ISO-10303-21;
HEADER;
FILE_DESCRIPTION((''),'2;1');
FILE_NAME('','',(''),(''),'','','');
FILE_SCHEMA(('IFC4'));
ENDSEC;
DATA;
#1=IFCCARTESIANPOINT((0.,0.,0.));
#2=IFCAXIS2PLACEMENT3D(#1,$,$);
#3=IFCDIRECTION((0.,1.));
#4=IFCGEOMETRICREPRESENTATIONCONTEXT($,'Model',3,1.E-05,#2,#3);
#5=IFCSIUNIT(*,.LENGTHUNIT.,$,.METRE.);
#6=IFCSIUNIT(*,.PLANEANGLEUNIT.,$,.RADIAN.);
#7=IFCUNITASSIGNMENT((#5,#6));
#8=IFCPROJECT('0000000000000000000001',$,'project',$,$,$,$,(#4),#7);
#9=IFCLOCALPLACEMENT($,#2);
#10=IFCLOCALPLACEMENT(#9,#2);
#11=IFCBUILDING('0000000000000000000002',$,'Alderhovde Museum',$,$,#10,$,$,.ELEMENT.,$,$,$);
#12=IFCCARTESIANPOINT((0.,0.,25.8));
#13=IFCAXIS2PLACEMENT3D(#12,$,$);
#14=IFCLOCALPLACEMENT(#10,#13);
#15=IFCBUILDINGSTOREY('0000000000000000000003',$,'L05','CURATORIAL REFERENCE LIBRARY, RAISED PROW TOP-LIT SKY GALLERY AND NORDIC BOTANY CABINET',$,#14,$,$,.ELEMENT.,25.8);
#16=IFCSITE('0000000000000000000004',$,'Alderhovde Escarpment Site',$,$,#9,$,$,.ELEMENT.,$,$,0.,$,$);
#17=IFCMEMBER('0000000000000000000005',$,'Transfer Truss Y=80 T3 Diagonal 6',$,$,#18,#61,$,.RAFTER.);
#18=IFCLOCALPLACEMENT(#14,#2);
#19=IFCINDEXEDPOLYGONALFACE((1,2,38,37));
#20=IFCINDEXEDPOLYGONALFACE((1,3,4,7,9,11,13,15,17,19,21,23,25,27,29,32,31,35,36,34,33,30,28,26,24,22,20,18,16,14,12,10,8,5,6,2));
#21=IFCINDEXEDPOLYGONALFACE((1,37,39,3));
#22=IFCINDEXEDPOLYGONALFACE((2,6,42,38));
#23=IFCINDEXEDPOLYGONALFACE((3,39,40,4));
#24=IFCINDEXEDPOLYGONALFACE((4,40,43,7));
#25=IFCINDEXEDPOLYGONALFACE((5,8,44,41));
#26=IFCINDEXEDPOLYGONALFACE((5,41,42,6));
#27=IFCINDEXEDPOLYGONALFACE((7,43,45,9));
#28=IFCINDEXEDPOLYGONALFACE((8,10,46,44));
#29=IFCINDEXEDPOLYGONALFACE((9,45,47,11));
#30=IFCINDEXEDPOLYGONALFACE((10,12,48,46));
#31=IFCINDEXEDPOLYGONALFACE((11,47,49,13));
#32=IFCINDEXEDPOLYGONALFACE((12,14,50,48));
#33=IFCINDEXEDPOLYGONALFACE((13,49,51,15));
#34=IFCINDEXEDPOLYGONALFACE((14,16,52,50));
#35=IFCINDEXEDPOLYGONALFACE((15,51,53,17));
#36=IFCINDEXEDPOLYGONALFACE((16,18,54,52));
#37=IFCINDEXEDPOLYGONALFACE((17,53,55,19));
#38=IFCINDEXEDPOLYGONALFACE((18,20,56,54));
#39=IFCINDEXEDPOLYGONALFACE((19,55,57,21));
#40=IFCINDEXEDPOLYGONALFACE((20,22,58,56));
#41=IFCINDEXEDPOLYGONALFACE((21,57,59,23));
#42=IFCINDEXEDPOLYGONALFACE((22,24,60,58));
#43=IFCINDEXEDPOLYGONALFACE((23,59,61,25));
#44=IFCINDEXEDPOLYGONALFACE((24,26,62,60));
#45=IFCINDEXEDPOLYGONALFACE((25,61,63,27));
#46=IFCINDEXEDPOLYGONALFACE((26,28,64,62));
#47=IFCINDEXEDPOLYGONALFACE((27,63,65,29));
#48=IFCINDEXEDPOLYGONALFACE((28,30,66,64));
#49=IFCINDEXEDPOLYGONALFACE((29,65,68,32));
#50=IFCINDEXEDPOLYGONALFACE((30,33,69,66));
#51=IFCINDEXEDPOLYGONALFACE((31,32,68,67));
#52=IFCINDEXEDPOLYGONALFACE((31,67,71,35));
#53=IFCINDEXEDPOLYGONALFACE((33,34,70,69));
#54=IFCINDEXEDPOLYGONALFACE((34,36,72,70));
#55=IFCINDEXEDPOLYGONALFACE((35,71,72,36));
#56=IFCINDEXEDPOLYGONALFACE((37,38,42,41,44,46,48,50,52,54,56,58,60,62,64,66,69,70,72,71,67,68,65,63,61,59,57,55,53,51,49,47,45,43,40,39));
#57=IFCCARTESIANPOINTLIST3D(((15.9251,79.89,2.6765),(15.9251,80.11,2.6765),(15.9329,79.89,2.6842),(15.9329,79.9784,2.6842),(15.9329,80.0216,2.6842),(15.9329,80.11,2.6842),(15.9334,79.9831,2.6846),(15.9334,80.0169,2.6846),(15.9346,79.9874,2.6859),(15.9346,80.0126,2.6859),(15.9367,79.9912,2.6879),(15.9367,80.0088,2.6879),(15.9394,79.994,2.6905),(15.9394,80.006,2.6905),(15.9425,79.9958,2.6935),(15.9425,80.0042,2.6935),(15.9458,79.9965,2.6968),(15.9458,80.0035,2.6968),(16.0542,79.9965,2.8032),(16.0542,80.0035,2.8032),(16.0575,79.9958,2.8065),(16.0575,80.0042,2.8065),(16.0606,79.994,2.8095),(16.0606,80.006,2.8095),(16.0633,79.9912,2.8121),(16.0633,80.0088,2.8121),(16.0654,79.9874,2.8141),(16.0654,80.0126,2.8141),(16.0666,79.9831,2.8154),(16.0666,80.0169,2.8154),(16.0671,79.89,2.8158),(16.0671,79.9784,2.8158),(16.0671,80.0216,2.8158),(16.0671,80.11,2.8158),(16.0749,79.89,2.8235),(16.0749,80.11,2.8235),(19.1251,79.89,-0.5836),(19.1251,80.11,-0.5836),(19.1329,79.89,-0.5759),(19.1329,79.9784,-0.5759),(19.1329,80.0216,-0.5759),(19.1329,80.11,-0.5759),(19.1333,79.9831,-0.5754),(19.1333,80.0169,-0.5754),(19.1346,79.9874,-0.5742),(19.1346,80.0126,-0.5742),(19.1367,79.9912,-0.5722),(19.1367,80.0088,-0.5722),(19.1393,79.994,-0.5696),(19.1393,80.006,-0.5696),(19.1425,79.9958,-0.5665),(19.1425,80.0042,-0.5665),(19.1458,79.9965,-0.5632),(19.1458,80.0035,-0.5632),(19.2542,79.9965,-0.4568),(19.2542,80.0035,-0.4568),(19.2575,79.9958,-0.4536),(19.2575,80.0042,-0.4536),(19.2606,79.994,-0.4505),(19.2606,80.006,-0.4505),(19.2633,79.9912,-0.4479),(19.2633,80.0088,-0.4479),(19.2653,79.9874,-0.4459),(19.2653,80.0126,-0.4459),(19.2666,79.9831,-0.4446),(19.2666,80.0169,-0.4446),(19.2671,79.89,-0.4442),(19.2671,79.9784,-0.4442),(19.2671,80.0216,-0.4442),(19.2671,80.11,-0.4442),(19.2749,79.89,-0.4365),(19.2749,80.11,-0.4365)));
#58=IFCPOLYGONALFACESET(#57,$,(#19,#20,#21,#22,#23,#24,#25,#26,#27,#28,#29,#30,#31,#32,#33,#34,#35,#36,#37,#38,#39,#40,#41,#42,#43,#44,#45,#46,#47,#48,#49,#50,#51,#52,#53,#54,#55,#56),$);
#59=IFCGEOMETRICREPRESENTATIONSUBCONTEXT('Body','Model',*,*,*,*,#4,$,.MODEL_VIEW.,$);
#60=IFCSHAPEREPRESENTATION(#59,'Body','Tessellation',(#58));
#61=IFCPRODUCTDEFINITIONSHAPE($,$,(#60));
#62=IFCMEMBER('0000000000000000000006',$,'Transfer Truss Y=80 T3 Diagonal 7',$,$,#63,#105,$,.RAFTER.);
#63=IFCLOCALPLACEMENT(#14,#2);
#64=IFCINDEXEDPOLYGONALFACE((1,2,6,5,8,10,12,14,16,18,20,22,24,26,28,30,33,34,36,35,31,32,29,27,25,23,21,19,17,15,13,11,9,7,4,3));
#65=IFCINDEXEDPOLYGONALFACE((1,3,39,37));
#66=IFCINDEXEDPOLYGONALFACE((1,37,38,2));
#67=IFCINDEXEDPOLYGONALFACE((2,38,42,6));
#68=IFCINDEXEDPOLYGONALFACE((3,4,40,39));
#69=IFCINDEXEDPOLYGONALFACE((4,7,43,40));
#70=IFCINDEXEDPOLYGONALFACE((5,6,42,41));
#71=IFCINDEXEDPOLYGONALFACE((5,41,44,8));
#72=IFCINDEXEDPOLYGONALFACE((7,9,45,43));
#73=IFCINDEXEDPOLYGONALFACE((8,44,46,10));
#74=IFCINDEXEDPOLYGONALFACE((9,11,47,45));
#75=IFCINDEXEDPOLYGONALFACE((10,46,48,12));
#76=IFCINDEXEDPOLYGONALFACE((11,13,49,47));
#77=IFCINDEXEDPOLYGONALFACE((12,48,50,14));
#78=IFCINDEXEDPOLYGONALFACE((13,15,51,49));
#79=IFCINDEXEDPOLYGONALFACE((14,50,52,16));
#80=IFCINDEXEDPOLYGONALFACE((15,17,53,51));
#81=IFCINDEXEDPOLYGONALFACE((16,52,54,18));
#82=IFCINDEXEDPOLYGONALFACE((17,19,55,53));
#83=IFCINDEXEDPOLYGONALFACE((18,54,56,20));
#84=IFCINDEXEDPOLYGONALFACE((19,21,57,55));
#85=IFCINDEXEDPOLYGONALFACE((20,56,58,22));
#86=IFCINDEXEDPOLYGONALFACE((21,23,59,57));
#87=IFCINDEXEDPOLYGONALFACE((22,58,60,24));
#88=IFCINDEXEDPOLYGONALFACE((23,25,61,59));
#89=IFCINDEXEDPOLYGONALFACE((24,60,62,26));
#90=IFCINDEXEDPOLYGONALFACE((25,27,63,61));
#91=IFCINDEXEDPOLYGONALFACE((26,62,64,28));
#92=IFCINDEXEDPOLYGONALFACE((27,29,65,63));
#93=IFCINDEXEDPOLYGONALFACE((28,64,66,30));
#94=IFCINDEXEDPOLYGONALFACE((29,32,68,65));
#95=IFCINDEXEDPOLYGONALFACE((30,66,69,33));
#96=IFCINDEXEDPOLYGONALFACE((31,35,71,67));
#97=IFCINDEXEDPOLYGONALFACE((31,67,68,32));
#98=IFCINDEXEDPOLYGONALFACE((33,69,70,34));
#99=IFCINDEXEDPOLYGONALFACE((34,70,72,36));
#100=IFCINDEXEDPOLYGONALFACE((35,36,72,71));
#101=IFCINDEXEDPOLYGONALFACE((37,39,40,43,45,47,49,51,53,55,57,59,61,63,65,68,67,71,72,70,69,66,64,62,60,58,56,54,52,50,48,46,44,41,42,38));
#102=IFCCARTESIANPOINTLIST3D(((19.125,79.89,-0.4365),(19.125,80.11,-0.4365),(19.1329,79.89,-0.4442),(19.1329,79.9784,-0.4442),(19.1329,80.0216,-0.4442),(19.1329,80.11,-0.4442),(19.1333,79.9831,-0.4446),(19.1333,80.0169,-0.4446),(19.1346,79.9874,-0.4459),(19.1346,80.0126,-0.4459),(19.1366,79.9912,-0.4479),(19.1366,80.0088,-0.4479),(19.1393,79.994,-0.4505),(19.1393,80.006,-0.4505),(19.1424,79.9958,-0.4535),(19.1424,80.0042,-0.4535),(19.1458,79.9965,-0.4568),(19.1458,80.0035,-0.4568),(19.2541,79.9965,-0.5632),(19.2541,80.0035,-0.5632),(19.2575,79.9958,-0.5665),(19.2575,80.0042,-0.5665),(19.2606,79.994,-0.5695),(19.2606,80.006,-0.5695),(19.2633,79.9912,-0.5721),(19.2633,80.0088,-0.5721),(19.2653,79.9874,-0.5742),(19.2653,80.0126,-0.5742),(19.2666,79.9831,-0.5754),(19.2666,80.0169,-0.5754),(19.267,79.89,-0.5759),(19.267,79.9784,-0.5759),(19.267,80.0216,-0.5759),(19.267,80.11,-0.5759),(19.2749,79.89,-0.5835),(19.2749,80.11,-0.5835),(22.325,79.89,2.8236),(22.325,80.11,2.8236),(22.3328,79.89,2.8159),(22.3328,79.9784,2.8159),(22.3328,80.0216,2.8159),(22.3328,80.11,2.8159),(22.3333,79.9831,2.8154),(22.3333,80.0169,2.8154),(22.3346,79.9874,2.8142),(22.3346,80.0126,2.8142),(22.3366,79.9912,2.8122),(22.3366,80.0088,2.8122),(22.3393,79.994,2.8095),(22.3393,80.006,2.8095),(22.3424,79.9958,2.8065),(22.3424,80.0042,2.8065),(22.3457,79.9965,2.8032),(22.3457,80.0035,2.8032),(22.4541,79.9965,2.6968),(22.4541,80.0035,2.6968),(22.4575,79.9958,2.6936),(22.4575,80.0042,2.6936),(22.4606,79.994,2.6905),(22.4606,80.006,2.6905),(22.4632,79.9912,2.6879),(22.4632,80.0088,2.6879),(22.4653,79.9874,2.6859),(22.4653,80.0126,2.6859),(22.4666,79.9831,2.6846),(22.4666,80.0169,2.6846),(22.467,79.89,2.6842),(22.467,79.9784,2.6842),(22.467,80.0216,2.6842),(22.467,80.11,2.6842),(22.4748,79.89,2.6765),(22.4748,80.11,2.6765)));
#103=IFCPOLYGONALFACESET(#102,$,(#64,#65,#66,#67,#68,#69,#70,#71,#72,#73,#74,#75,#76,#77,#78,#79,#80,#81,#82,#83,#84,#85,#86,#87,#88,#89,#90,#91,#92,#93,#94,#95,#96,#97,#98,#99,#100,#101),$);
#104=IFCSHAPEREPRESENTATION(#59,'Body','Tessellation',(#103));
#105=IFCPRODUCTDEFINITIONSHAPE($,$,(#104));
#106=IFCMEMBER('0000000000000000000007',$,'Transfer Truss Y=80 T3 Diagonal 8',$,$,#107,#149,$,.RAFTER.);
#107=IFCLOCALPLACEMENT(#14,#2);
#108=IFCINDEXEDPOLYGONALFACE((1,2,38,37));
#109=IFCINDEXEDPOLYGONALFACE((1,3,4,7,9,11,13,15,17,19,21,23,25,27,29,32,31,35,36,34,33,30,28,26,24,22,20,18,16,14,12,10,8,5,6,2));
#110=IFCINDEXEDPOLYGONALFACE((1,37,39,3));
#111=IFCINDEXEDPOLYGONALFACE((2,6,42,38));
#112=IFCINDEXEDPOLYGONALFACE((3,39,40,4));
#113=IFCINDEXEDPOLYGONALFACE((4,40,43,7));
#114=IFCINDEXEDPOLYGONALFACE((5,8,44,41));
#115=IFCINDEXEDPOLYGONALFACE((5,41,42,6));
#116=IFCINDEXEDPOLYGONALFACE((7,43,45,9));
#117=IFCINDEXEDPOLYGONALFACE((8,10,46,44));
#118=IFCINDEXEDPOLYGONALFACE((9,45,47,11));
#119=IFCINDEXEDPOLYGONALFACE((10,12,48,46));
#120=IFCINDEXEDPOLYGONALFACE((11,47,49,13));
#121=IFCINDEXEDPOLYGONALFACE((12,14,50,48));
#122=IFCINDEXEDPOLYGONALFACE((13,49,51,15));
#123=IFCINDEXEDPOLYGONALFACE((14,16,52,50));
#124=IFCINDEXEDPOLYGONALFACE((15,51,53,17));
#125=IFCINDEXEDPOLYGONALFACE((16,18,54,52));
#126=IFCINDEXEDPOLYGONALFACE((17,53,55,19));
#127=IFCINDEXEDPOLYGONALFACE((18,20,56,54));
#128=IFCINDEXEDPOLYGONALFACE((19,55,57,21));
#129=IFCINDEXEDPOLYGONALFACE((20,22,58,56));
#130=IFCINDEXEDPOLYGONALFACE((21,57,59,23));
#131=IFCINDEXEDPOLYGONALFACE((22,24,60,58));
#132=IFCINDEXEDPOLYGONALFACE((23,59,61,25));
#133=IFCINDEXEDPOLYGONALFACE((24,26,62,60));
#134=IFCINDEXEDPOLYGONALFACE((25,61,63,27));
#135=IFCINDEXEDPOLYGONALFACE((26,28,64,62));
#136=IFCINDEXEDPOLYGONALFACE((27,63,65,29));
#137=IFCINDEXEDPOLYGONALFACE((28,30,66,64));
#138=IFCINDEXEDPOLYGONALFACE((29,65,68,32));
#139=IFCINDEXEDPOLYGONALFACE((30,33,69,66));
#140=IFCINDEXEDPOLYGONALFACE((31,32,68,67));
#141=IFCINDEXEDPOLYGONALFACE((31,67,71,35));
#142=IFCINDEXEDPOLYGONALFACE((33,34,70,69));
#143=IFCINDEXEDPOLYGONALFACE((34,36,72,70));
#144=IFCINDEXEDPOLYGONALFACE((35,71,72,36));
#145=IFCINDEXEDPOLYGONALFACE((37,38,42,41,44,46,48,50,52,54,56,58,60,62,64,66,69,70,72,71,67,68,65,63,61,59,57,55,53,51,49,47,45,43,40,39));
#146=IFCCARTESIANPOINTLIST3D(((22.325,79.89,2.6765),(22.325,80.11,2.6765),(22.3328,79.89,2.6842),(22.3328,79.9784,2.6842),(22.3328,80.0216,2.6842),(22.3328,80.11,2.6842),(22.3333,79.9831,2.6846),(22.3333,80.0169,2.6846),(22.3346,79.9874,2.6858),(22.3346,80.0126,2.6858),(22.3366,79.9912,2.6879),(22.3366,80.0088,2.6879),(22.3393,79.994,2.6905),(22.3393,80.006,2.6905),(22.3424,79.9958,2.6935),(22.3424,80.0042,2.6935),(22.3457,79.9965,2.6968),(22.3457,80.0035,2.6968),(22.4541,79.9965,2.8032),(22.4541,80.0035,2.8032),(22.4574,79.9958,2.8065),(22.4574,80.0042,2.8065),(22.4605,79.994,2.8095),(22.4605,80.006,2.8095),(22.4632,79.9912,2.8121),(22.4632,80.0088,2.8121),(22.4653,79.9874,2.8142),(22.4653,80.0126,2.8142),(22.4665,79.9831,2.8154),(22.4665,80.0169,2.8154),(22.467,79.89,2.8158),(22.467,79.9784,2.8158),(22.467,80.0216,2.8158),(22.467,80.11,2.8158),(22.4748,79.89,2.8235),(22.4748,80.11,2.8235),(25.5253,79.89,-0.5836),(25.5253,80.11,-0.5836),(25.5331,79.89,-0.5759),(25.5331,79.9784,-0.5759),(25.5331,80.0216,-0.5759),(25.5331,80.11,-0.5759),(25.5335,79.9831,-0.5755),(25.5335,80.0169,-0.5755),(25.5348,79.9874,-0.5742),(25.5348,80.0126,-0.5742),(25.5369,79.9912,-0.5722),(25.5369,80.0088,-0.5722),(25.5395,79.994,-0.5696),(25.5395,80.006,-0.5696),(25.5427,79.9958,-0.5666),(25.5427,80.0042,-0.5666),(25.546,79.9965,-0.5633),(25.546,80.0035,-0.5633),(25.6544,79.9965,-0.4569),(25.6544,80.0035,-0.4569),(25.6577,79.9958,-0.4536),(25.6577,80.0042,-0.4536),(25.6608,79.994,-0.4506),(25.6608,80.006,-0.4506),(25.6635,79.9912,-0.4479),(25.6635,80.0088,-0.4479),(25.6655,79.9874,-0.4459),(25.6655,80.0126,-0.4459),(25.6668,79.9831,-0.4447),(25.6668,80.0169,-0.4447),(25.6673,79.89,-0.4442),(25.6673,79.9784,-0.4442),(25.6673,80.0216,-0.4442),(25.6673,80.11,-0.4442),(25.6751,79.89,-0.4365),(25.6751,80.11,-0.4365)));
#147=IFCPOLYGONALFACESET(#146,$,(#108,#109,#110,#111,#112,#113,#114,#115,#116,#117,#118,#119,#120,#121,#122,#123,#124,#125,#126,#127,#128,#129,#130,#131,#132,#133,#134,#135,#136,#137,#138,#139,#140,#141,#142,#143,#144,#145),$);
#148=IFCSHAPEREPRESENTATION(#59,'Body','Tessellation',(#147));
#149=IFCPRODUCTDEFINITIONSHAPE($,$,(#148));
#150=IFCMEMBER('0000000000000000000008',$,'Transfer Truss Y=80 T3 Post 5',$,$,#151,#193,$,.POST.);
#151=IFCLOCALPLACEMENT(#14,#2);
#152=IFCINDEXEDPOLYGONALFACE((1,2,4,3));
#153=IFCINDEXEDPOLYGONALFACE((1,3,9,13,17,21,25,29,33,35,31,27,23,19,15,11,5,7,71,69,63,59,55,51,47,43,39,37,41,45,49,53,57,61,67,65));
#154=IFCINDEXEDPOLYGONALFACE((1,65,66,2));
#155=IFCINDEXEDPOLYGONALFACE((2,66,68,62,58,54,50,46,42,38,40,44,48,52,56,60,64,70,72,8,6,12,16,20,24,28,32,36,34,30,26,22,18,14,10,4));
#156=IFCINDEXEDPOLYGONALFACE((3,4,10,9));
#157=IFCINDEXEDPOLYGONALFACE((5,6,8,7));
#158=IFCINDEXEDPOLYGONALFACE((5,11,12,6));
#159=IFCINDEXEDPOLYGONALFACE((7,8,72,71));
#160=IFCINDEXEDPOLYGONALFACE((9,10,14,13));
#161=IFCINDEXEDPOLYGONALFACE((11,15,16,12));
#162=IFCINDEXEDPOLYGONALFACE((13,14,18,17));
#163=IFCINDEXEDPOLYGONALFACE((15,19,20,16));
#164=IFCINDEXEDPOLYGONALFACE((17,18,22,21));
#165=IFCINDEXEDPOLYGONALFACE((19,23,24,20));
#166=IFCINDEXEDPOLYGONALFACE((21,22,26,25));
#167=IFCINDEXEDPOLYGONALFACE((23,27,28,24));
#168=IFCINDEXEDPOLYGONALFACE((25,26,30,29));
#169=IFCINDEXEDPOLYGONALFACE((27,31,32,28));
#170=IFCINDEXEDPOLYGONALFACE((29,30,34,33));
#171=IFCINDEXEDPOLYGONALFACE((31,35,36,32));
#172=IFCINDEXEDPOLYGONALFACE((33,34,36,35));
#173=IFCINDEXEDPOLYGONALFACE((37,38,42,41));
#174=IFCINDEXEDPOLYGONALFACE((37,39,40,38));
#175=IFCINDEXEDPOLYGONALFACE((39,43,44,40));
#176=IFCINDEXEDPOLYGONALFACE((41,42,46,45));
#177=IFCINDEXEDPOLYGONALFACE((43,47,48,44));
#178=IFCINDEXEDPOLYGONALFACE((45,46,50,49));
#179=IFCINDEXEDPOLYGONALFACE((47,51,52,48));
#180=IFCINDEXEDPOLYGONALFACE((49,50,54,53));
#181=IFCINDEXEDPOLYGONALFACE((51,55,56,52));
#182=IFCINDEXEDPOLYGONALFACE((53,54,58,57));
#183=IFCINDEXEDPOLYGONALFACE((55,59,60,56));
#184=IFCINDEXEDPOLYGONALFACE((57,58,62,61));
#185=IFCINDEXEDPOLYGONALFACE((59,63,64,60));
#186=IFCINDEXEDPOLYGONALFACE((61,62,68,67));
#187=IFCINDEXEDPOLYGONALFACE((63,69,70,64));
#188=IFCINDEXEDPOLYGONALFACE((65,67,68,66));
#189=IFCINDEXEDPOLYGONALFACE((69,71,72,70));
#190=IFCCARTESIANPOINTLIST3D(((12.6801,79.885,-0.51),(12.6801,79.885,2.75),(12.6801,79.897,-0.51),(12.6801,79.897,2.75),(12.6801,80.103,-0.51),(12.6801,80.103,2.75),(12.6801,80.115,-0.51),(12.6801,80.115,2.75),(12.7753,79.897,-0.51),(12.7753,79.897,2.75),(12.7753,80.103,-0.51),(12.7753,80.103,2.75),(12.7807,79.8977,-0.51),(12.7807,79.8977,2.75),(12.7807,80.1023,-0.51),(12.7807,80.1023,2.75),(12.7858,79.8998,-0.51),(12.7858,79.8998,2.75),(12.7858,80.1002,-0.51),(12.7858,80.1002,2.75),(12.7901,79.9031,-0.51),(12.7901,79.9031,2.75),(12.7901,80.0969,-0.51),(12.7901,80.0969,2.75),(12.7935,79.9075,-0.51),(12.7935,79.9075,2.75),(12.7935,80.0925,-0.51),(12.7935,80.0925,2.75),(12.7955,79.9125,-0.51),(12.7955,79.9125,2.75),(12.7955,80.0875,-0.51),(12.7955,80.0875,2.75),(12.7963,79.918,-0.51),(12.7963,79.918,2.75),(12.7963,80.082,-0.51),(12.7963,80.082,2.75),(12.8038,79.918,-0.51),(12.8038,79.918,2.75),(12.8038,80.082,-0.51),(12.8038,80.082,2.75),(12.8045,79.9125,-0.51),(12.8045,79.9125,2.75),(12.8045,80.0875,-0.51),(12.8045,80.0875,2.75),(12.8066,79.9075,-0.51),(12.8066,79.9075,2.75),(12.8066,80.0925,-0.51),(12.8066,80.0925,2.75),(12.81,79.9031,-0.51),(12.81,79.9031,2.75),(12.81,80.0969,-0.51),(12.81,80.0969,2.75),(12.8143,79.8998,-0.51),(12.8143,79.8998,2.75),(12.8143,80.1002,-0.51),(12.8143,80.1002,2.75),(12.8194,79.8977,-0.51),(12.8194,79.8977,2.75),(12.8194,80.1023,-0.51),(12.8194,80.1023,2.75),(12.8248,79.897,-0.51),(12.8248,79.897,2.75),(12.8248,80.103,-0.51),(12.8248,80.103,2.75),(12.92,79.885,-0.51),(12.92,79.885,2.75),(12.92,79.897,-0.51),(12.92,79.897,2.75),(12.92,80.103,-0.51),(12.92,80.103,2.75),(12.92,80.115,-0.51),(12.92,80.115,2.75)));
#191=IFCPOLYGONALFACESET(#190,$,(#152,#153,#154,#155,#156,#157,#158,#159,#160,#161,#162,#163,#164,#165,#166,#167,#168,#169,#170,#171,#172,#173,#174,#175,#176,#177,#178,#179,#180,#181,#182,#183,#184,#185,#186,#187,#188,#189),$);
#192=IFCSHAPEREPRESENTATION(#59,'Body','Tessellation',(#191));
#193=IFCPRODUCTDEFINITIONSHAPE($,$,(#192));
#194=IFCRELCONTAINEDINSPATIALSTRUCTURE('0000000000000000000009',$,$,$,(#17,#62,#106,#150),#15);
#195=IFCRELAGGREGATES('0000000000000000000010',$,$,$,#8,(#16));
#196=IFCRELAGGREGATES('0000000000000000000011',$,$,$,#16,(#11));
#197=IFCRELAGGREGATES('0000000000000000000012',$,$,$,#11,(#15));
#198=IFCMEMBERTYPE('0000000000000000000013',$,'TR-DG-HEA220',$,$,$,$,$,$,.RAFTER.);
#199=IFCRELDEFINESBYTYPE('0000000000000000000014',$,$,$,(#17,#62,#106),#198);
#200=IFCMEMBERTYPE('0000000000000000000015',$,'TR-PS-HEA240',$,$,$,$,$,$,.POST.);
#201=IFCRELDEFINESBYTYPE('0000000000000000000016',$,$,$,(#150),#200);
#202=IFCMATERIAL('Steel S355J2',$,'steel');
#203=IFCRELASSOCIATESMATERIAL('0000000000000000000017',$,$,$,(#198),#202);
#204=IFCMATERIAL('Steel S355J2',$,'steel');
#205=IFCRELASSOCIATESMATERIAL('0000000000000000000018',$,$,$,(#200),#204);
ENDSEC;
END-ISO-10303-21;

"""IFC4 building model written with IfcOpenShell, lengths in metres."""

from ifc_helpers import new_model, si_unit, direction, frame, origin, origin_2d, place, context, subcontext, project, spatial, i_section, extrude, material, material_profile, profile_set, type_object, element, save


model = new_model("IFC4")

# Units and contexts
model_context = context("Model", 3, precision=1e-05, world=origin(), true_north=direction((0.0, 1.0)))
body_context = subcontext(model_context, "Body", "Model", "MODEL_VIEW")
ifc_project = project(units=[si_unit("LENGTHUNIT", "METRE"), si_unit("PLANEANGLEUNIT", "RADIAN")], contexts=[model_context])

# Site, building, storey
site_placement = place(None, origin())
site = spatial("IfcSite", under=ifc_project, at=site_placement, Name="Alderhovde Escarpment Site", CompositionType="ELEMENT", RefElevation=0.0)
building_placement = place(site_placement, origin())
building = spatial("IfcBuilding", under=site, at=building_placement, Name="Alderhovde Museum", CompositionType="ELEMENT")
storey_placement = place(building_placement, frame((0.0, 0.0, 25.8)))
storey = spatial("IfcBuildingStorey", under=building, at=storey_placement, Name="L05", Description="CURATORIAL REFERENCE LIBRARY, RAISED PROW TOP-LIT SKY GALLERY AND NORDIC BOTANY CABINET", CompositionType="ELEMENT", Elevation=25.8)

# Members
ifc_material_1 = material(Name="Steel S355J2", Category="steel")
ifc_material_profile_1 = material_profile(ifc_material_1, i_section(OverallWidth=0.22, OverallDepth=0.21, WebThickness=0.0071, FlangeThickness=0.011, FilletRadius=0.0181, at=origin_2d()), Name="HEA 220")
ifc_profile_set_1 = profile_set([ifc_material_profile_1], Name="Steel S355J2")
member_type_1 = type_object("IfcMemberType", Name="TR-DG-HEA220", PredefinedType="RAFTER", material=ifc_profile_set_1)
for number, where, z_axis, x_axis, name in (
    (1, (16.0, 80.0, 2.75), (0.700502, 0.0, -0.71365), (0.0, 1.0, 0.0), "Transfer Truss Y=80 T3 Diagonal 6"),
    (2, (19.2, 80.0, -0.51), (0.700502, 0.0, 0.71365), (0.0, 1.0, 0.0), "Transfer Truss Y=80 T3 Diagonal 7"),
):
    element("IfcMember", number, at=place(storey_placement, frame(where, z_axis=z_axis, x_axis=x_axis)), inside=storey, type_object=member_type_1, Name=name, PredefinedType="RAFTER", context=body_context, shape_type="SweptSolid", body=[
        extrude(i_section(OverallWidth=0.22, OverallDepth=0.21, WebThickness=0.0071, FlangeThickness=0.011, FilletRadius=0.0181, at=origin_2d()), origin(), (0.0, 0.0, 1.0), 4.5681),
    ])
member_placement = place(storey_placement, frame((22.3999, 80.0, 2.75), z_axis=(0.70053, 0.0, -0.713623), x_axis=(0.0, 1.0, 0.0)))
element("IfcMember", 3, at=member_placement, inside=storey, type_object=member_type_1, Name="Transfer Truss Y=80 T3 Diagonal 8", PredefinedType="RAFTER", context=body_context, shape_type="SweptSolid", body=[
    extrude(i_section(OverallWidth=0.22, OverallDepth=0.21, WebThickness=0.0071, FlangeThickness=0.011, FilletRadius=0.0181, at=origin_2d()), origin(), (0.0, 0.0, 1.0), 4.5684),
])
ifc_material_2 = material(Name="Steel S355J2", Category="steel")
ifc_material_profile_2 = material_profile(ifc_material_2, i_section(OverallWidth=0.24, OverallDepth=0.23, WebThickness=0.0076, FlangeThickness=0.012, FilletRadius=0.021, at=origin_2d()), Name="HEA 240")
ifc_profile_set_2 = profile_set([ifc_material_profile_2], Name="Steel S355J2")
member_type_2 = type_object("IfcMemberType", Name="TR-PS-HEA240", PredefinedType="POST", material=ifc_profile_set_2)
for number, where, z_axis, x_axis, name in (
    (4, (12.8, 80.0, -0.51), (0.0, 0.0, 1.0), (1.0, 0.0, 0.0), "Transfer Truss Y=80 T3 Post 5"),
):
    element("IfcMember", number, at=place(storey_placement, frame(where, z_axis=z_axis, x_axis=x_axis)), inside=storey, type_object=member_type_2, Name=name, PredefinedType="POST", context=body_context, shape_type="SweptSolid", body=[
        extrude(i_section(OverallWidth=0.24, OverallDepth=0.23, WebThickness=0.0076, FlangeThickness=0.012, FilletRadius=0.021, at=origin_2d()), origin(), (0.0, 0.0, 1.0), 3.26),
    ])

save(model, "model.ifc")
